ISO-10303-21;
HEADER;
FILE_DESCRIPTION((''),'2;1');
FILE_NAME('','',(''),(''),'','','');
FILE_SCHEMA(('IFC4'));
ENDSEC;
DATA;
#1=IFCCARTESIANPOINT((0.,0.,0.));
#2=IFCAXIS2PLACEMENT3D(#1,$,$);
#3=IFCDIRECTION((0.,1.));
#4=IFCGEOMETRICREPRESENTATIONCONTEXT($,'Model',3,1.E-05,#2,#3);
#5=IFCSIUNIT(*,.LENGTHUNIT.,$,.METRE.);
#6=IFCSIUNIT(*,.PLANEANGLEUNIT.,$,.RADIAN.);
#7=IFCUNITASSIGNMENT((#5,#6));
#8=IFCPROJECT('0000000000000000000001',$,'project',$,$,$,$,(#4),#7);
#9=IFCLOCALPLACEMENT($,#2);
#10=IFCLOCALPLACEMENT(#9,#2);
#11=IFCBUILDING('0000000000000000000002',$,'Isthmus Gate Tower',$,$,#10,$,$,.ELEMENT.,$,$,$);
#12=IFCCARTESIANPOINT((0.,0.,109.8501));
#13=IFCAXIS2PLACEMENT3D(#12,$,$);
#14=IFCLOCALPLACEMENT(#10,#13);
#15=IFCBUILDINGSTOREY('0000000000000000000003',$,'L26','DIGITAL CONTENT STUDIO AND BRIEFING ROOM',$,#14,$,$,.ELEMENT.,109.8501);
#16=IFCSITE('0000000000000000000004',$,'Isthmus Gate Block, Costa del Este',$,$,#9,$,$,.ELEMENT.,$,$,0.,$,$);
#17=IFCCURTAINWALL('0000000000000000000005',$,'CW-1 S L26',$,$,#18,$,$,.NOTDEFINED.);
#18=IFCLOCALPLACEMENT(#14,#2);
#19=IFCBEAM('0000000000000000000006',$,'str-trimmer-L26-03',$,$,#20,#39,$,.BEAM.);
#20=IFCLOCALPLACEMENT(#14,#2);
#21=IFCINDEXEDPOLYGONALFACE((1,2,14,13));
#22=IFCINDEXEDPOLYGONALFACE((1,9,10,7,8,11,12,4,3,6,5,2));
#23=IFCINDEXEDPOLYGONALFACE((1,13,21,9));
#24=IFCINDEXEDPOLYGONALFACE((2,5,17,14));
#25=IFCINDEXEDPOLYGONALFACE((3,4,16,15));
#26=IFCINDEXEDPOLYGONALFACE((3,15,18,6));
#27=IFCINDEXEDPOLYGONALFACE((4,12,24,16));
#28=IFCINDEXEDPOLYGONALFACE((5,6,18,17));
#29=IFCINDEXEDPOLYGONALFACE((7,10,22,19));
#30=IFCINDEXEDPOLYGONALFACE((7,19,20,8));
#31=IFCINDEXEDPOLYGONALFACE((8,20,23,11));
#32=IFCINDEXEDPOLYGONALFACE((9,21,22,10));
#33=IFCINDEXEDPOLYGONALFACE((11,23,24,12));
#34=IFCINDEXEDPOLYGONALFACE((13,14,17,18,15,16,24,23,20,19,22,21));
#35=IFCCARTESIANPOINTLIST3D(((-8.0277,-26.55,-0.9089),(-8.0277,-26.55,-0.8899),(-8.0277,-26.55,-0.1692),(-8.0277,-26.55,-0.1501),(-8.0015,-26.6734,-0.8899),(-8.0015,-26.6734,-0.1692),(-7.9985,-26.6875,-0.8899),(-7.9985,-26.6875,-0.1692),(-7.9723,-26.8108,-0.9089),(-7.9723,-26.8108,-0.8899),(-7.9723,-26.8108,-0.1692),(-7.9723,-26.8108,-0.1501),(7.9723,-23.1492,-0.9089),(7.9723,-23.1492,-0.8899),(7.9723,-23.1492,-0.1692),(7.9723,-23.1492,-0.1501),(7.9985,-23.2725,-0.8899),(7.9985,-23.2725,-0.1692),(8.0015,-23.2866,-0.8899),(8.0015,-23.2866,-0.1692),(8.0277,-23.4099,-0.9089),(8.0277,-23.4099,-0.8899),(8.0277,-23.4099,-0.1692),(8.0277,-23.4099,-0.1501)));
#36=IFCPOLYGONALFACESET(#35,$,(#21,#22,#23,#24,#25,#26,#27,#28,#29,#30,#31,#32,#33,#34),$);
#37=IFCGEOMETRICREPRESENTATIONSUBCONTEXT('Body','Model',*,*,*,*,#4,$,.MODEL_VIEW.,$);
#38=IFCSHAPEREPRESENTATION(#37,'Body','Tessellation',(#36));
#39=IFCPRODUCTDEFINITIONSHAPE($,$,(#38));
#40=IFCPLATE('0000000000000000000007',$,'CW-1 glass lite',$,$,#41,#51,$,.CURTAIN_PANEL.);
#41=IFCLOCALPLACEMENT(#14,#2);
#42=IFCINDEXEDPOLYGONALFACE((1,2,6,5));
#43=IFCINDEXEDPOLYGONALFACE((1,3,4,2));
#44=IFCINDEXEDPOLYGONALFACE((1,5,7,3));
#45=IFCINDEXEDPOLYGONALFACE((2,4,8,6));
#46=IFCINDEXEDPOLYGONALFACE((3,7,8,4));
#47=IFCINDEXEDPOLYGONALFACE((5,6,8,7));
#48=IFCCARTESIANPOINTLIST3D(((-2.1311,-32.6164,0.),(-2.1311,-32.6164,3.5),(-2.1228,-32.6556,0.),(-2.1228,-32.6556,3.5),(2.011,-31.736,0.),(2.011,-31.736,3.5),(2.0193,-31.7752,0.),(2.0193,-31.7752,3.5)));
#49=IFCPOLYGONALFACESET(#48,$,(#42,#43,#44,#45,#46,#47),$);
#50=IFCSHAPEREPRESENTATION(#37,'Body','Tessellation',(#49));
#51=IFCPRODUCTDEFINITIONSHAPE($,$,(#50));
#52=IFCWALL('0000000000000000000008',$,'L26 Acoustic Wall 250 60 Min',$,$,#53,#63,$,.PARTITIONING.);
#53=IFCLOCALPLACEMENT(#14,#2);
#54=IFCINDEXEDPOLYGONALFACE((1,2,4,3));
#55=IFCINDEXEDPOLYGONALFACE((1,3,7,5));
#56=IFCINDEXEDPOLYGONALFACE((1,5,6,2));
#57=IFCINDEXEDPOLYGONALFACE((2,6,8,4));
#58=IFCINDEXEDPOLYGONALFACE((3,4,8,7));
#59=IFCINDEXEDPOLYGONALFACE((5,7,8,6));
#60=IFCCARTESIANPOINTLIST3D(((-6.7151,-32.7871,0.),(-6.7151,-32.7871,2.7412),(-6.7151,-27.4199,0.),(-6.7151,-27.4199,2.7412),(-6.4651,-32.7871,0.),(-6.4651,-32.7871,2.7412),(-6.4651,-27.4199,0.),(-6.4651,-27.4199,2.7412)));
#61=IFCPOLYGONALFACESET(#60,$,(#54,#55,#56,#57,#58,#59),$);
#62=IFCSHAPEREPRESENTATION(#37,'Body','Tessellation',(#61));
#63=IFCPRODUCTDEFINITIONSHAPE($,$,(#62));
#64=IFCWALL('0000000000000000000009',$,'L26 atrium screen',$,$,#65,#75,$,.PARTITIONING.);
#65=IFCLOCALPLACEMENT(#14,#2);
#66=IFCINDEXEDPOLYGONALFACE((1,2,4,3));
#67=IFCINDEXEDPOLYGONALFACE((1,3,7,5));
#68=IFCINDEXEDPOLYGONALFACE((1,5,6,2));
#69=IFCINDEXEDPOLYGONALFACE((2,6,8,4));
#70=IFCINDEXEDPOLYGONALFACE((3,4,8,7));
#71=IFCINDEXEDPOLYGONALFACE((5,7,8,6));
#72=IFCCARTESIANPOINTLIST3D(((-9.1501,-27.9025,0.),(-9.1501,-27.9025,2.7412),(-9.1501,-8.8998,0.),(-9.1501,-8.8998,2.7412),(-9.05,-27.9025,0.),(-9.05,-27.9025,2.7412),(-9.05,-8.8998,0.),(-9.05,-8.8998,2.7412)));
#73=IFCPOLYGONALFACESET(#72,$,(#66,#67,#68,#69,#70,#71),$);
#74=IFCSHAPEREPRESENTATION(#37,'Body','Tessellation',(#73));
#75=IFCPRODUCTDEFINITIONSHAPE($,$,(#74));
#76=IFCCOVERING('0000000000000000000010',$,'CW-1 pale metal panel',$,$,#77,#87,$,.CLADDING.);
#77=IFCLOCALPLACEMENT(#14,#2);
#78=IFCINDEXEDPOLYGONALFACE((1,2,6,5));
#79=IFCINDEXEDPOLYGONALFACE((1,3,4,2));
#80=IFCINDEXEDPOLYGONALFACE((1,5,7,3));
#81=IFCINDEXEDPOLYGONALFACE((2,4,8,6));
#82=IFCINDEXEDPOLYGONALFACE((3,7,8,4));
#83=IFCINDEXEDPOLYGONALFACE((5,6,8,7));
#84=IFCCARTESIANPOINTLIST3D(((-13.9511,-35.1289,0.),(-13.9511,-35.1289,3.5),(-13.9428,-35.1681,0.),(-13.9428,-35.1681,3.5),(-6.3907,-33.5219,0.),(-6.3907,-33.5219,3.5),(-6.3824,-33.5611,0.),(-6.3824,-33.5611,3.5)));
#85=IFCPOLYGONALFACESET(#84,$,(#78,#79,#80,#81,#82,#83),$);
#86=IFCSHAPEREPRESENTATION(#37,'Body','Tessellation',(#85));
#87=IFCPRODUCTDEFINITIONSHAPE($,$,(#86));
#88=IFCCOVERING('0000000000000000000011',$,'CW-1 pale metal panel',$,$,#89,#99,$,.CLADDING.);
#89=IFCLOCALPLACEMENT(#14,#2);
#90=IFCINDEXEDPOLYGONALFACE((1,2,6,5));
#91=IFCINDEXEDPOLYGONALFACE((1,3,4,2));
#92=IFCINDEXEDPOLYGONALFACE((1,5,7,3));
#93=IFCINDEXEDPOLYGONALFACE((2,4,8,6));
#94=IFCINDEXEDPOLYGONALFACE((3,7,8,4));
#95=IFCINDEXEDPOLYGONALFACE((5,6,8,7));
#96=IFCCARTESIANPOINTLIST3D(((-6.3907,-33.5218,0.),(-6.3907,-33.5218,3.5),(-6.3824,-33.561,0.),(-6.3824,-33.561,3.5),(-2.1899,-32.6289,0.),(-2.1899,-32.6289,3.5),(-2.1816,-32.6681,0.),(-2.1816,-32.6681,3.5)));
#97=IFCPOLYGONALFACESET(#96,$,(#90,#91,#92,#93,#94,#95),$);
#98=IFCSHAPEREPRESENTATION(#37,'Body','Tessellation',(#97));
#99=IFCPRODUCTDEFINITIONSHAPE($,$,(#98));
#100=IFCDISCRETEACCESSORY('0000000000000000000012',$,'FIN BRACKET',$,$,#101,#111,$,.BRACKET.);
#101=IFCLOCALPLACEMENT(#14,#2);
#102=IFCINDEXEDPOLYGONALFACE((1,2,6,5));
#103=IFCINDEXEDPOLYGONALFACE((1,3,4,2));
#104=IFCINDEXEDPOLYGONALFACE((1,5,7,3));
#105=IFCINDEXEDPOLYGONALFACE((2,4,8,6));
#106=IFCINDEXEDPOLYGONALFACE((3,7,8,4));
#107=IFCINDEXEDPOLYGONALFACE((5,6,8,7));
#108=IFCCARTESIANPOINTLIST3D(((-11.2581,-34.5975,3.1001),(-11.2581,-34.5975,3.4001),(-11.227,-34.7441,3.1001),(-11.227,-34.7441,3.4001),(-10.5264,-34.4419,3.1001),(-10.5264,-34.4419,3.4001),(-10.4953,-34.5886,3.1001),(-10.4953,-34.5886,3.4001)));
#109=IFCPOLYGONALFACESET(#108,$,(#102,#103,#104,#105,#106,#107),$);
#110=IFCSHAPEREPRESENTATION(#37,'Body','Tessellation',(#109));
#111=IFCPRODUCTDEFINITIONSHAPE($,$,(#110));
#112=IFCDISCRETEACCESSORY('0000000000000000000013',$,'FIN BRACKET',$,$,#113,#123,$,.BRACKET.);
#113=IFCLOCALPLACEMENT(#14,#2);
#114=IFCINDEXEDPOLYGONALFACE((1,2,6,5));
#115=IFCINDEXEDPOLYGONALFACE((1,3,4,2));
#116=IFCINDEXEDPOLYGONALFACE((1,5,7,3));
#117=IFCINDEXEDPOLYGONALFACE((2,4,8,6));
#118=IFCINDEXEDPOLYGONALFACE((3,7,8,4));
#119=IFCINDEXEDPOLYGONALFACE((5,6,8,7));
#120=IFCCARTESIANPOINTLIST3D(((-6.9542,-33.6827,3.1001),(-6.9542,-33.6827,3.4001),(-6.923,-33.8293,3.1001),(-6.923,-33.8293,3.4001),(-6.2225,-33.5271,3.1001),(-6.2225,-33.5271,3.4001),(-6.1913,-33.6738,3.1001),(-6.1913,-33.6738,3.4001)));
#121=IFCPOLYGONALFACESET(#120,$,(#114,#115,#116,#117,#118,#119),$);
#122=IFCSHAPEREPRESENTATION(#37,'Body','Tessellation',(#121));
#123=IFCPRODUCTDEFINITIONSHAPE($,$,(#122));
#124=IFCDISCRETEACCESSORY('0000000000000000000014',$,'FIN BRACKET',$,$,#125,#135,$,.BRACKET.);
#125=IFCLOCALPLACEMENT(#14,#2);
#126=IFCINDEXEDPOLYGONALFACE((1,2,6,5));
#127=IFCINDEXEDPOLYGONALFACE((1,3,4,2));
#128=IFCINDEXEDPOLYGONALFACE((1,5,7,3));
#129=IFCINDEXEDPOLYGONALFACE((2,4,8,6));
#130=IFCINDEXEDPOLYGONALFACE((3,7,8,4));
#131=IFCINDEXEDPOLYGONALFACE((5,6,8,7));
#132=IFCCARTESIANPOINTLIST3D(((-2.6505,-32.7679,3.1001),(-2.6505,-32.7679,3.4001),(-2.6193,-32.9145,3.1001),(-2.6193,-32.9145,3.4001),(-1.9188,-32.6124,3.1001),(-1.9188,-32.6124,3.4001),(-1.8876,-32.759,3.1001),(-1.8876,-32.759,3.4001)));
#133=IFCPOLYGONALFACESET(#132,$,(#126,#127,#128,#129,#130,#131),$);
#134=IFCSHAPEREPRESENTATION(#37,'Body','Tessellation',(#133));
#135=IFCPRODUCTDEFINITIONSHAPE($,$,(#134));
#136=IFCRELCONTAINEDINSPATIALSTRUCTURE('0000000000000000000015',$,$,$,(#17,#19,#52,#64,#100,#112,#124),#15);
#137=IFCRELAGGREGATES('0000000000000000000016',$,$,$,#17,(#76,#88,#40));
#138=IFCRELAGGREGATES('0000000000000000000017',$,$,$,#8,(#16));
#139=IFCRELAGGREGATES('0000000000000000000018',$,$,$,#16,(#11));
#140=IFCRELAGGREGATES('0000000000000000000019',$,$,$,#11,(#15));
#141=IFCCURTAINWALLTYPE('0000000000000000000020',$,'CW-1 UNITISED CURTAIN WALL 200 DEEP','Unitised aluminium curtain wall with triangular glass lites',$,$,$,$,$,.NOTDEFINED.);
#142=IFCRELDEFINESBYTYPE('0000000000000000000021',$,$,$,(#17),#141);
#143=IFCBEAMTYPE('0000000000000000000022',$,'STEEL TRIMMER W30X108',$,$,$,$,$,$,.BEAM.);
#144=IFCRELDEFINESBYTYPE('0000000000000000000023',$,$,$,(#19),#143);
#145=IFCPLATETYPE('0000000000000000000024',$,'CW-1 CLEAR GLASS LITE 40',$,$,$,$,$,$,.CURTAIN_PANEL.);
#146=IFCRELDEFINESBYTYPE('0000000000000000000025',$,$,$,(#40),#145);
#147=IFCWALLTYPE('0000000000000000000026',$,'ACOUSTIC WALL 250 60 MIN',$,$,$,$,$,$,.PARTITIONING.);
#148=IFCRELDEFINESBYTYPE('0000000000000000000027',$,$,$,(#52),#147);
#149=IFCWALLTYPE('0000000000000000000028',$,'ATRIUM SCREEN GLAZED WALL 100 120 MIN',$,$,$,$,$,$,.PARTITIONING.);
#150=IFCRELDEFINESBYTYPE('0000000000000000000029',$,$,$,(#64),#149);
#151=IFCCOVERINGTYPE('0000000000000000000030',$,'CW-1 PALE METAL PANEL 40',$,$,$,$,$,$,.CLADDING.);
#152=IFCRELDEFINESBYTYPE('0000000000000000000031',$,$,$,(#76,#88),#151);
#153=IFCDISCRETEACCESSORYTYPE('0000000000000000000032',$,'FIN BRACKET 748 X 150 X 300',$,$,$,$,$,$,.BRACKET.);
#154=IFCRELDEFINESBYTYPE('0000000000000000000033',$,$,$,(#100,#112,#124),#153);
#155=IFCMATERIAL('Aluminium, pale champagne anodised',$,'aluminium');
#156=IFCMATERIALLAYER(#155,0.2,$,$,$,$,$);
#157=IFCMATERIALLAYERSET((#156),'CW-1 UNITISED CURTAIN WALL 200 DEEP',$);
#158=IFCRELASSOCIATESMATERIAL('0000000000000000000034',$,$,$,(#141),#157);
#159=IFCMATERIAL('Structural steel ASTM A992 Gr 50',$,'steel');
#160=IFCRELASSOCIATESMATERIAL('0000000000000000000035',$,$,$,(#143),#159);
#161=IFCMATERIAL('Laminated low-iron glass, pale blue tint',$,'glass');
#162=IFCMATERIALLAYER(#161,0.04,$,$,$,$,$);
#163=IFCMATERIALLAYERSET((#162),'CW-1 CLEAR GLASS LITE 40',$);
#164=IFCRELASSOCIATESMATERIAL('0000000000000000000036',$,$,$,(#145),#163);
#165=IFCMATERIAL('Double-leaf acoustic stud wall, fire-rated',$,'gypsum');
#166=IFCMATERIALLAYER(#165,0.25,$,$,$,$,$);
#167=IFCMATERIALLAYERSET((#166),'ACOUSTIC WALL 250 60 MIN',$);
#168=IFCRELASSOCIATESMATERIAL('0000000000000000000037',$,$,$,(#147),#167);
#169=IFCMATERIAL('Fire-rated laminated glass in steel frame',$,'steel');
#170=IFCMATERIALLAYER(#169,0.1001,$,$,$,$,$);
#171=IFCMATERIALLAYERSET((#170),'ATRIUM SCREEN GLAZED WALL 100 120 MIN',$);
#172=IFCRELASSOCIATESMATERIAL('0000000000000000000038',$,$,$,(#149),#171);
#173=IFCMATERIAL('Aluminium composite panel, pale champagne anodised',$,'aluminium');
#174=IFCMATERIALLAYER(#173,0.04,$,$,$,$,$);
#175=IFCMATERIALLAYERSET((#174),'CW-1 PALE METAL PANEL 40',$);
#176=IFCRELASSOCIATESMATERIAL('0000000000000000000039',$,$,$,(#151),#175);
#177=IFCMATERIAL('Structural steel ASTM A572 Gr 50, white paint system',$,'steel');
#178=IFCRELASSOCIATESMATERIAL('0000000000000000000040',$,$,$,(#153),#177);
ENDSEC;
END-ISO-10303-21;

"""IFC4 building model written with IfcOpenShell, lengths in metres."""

from ifc_helpers import new_model, si_unit, direction, frame, frame_2d, origin, origin_2d, place, context, subcontext, project, spatial, rectangle, i_section, extrude, material, layer, layer_set, material_profile, profile_set, type_object, element, aggregate, save


model = new_model("IFC4")

# Units and contexts
model_context = context("Model", 3, precision=1e-05, world=origin(), true_north=direction((0.0, 1.0)))
body_context = subcontext(model_context, "Body", "Model", "MODEL_VIEW")
ifc_project = project(units=[si_unit("LENGTHUNIT", "METRE"), si_unit("PLANEANGLEUNIT", "RADIAN")], contexts=[model_context])

# Site, building, storey
site_placement = place(None, origin())
site = spatial("IfcSite", under=ifc_project, at=site_placement, Name="Isthmus Gate Block, Costa del Este", CompositionType="ELEMENT", RefElevation=0.0)
building_placement = place(site_placement, origin())
building = spatial("IfcBuilding", under=site, at=building_placement, Name="Isthmus Gate Tower", CompositionType="ELEMENT")
storey_placement = place(building_placement, frame((0.0, 0.0, 109.8501)))
storey = spatial("IfcBuildingStorey", under=building, at=storey_placement, Name="L26", Description="DIGITAL CONTENT STUDIO AND BRIEFING ROOM", CompositionType="ELEMENT", Elevation=109.8501)

# Curtain wall
ifc_material_1 = material(Name="Aluminium, pale champagne anodised", Category="aluminium")
ifc_layer_1 = layer(ifc_material_1, 0.2)
ifc_layer_set_1 = layer_set([ifc_layer_1], Name="CW-1 UNITISED CURTAIN WALL 200 DEEP")
curtain_wall_type = type_object("IfcCurtainWallType", Name="CW-1 UNITISED CURTAIN WALL 200 DEEP", Description="Unitised aluminium curtain wall with triangular glass lites", PredefinedType="NOTDEFINED", material=ifc_layer_set_1)
curtain_wall_placement = place(storey_placement, origin())
curtain_wall = element("IfcCurtainWall", 1, at=curtain_wall_placement, inside=storey, type_object=curtain_wall_type, Name="CW-1 S L26", PredefinedType="NOTDEFINED")

# Beam
ifc_material_2 = material(Name="Structural steel ASTM A992 Gr 50", Category="steel")
ifc_material_profile_1 = material_profile(ifc_material_2, i_section(OverallWidth=0.2666, OverallDepth=0.7588, WebThickness=0.0144, FlangeThickness=0.019, at=origin_2d()), Name="W30X108")
ifc_profile_set_1 = profile_set([ifc_material_profile_1], Name="Structural steel ASTM A992 Gr 50")
beam_type_1 = type_object("IfcBeamType", Name="STEEL TRIMMER W30X108", PredefinedType="BEAM", material=ifc_profile_set_1)
beam_1_placement = place(storey_placement, frame((-8.0, -26.6804, -0.5295), z_axis=(0.978148, 0.20791, 0.0), x_axis=(-0.20791, 0.978148, 0.0)))
element("IfcBeam", 2, at=beam_1_placement, inside=storey, type_object=beam_type_1, Name="str-trimmer-L26-03", PredefinedType="BEAM", context=body_context, shape_type="SweptSolid", body=[
    extrude(i_section(OverallWidth=0.2666, OverallDepth=0.7588, WebThickness=0.0144, FlangeThickness=0.019, at=origin_2d()), origin(), (0.0, 0.0, 1.0), 16.3574),
])

# Plate
ifc_material_3 = material(Name="Laminated low-iron glass, pale blue tint", Category="glass")
ifc_layer_2 = layer(ifc_material_3, 0.04)
ifc_layer_set_2 = layer_set([ifc_layer_2], Name="CW-1 CLEAR GLASS LITE 40")
plate_type = type_object("IfcPlateType", Name="CW-1 CLEAR GLASS LITE 40", PredefinedType="CURTAIN_PANEL", material=ifc_layer_set_2)
plate_placement = place(storey_placement, frame((-0.0559, -32.1958, 0.0), z_axis=(0.0, 0.0, 1.0), x_axis=(0.978148, 0.207912, 0.0)))
plate = element("IfcPlate", 3, at=plate_placement, type_object=plate_type, Name="CW-1 glass lite", PredefinedType="CURTAIN_PANEL", context=body_context, shape_type="SweptSolid", body=[
    extrude(rectangle(XDim=4.2346, YDim=0.04, at=origin_2d()), origin(), (0.0, 0.0, 1.0), 3.5),
])

# Walls
ifc_material_4 = material(Name="Double-leaf acoustic stud wall, fire-rated", Category="gypsum")
ifc_layer_3 = layer(ifc_material_4, 0.25)
ifc_layer_set_3 = layer_set([ifc_layer_3], Name="ACOUSTIC WALL 250 60 MIN")
wall_type_1 = type_object("IfcWallType", Name="ACOUSTIC WALL 250 60 MIN", PredefinedType="PARTITIONING", material=ifc_layer_set_3)
wall_1_placement = place(storey_placement, frame((-6.5901, -32.7871, 0.0), z_axis=(0.0, 0.0, 1.0), x_axis=(0.0, 1.0, 0.0)))
element("IfcWall", 4, at=wall_1_placement, inside=storey, type_object=wall_type_1, Name="L26 Acoustic Wall 250 60 Min", PredefinedType="PARTITIONING", context=body_context, shape_type="SweptSolid", body=[
    extrude(rectangle(XDim=5.3672, YDim=0.25, at=frame_2d((2.6836, 0.0))), origin(), (0.0, 0.0, 1.0), 2.7412),
])
ifc_material_5 = material(Name="Fire-rated laminated glass in steel frame", Category="steel")
ifc_layer_4 = layer(ifc_material_5, 0.1001)
ifc_layer_set_4 = layer_set([ifc_layer_4], Name="ATRIUM SCREEN GLAZED WALL 100 120 MIN")
wall_type_2 = type_object("IfcWallType", Name="ATRIUM SCREEN GLAZED WALL 100 120 MIN", PredefinedType="PARTITIONING", material=ifc_layer_set_4)
wall_2_placement = place(storey_placement, frame((-9.1001, -27.9026, 0.0), z_axis=(0.0, 0.0, 1.0), x_axis=(0.0, 1.0, 0.0)))
element("IfcWall", 5, at=wall_2_placement, inside=storey, type_object=wall_type_2, Name="L26 atrium screen", PredefinedType="PARTITIONING", context=body_context, shape_type="SweptSolid", body=[
    extrude(rectangle(XDim=19.0027, YDim=0.1001, at=frame_2d((9.5015, 0.0))), origin(), (0.0, 0.0, 1.0), 2.7412),
])

# Coverings
ifc_material_6 = material(Name="Aluminium composite panel, pale champagne anodised", Category="aluminium")
ifc_layer_5 = layer(ifc_material_6, 0.04)
ifc_layer_set_5 = layer_set([ifc_layer_5], Name="CW-1 PALE METAL PANEL 40")
covering_type = type_object("IfcCoveringType", Name="CW-1 PALE METAL PANEL 40", PredefinedType="CLADDING", material=ifc_layer_set_5)
covering_1_placement = place(storey_placement, frame((-10.1667, -34.345, 0.0), z_axis=(0.0, 0.0, 1.0), x_axis=(0.978148, 0.207912, 0.0)))
covering_1 = element("IfcCovering", 6, at=covering_1_placement, type_object=covering_type, Name="CW-1 pale metal panel", PredefinedType="CLADDING", context=body_context, shape_type="SweptSolid", body=[
    extrude(rectangle(XDim=7.7292, YDim=0.04, at=origin_2d()), origin(), (0.0, 0.0, 1.0), 3.5),
])
covering_2_placement = place(storey_placement, frame((-4.2861, -33.095, 0.0), z_axis=(0.0, 0.0, 1.0), x_axis=(0.978148, 0.207912, 0.0)))
covering_2 = element("IfcCovering", 7, at=covering_2_placement, type_object=covering_type, Name="CW-1 pale metal panel", PredefinedType="CLADDING", context=body_context, shape_type="SweptSolid", body=[
    extrude(rectangle(XDim=4.2947, YDim=0.04, at=origin_2d()), origin(), (0.0, 0.0, 1.0), 3.5),
])
aggregate(curtain_wall, [covering_1, covering_2, plate])

# Discrete accessories
ifc_material_7 = material(Name="Structural steel ASTM A572 Gr 50, white paint system", Category="steel")
discrete_accessory_type = type_object("IfcDiscreteAccessoryType", Name="FIN BRACKET 748 X 150 X 300", PredefinedType="BRACKET", material=ifc_material_7)
for number, where, z_axis, x_axis, name in (
    (8, (-10.8767, -34.593, 3.1001), (0.0, 0.0, 1.0), (0.207912, -0.978148, 0.0), "FIN BRACKET"),
    (9, (-6.5728, -33.6782, 3.1001), (0.0, 0.0, 1.0), (0.207912, -0.978148, 0.0), "FIN BRACKET"),
    (10, (-2.269, -32.7634, 3.1001), (0.0, 0.0, 1.0), (0.207912, -0.978148, 0.0), "FIN BRACKET"),
):
    element("IfcDiscreteAccessory", number, at=place(storey_placement, frame(where, z_axis=z_axis, x_axis=x_axis)), inside=storey, type_object=discrete_accessory_type, Name=name, PredefinedType="BRACKET", context=body_context, shape_type="SweptSolid", body=[
        extrude(rectangle(XDim=0.1499, YDim=0.748, at=origin_2d()), origin(), (0.0, 0.0, 1.0), 0.3),
    ])

save(model, "model.ifc")
